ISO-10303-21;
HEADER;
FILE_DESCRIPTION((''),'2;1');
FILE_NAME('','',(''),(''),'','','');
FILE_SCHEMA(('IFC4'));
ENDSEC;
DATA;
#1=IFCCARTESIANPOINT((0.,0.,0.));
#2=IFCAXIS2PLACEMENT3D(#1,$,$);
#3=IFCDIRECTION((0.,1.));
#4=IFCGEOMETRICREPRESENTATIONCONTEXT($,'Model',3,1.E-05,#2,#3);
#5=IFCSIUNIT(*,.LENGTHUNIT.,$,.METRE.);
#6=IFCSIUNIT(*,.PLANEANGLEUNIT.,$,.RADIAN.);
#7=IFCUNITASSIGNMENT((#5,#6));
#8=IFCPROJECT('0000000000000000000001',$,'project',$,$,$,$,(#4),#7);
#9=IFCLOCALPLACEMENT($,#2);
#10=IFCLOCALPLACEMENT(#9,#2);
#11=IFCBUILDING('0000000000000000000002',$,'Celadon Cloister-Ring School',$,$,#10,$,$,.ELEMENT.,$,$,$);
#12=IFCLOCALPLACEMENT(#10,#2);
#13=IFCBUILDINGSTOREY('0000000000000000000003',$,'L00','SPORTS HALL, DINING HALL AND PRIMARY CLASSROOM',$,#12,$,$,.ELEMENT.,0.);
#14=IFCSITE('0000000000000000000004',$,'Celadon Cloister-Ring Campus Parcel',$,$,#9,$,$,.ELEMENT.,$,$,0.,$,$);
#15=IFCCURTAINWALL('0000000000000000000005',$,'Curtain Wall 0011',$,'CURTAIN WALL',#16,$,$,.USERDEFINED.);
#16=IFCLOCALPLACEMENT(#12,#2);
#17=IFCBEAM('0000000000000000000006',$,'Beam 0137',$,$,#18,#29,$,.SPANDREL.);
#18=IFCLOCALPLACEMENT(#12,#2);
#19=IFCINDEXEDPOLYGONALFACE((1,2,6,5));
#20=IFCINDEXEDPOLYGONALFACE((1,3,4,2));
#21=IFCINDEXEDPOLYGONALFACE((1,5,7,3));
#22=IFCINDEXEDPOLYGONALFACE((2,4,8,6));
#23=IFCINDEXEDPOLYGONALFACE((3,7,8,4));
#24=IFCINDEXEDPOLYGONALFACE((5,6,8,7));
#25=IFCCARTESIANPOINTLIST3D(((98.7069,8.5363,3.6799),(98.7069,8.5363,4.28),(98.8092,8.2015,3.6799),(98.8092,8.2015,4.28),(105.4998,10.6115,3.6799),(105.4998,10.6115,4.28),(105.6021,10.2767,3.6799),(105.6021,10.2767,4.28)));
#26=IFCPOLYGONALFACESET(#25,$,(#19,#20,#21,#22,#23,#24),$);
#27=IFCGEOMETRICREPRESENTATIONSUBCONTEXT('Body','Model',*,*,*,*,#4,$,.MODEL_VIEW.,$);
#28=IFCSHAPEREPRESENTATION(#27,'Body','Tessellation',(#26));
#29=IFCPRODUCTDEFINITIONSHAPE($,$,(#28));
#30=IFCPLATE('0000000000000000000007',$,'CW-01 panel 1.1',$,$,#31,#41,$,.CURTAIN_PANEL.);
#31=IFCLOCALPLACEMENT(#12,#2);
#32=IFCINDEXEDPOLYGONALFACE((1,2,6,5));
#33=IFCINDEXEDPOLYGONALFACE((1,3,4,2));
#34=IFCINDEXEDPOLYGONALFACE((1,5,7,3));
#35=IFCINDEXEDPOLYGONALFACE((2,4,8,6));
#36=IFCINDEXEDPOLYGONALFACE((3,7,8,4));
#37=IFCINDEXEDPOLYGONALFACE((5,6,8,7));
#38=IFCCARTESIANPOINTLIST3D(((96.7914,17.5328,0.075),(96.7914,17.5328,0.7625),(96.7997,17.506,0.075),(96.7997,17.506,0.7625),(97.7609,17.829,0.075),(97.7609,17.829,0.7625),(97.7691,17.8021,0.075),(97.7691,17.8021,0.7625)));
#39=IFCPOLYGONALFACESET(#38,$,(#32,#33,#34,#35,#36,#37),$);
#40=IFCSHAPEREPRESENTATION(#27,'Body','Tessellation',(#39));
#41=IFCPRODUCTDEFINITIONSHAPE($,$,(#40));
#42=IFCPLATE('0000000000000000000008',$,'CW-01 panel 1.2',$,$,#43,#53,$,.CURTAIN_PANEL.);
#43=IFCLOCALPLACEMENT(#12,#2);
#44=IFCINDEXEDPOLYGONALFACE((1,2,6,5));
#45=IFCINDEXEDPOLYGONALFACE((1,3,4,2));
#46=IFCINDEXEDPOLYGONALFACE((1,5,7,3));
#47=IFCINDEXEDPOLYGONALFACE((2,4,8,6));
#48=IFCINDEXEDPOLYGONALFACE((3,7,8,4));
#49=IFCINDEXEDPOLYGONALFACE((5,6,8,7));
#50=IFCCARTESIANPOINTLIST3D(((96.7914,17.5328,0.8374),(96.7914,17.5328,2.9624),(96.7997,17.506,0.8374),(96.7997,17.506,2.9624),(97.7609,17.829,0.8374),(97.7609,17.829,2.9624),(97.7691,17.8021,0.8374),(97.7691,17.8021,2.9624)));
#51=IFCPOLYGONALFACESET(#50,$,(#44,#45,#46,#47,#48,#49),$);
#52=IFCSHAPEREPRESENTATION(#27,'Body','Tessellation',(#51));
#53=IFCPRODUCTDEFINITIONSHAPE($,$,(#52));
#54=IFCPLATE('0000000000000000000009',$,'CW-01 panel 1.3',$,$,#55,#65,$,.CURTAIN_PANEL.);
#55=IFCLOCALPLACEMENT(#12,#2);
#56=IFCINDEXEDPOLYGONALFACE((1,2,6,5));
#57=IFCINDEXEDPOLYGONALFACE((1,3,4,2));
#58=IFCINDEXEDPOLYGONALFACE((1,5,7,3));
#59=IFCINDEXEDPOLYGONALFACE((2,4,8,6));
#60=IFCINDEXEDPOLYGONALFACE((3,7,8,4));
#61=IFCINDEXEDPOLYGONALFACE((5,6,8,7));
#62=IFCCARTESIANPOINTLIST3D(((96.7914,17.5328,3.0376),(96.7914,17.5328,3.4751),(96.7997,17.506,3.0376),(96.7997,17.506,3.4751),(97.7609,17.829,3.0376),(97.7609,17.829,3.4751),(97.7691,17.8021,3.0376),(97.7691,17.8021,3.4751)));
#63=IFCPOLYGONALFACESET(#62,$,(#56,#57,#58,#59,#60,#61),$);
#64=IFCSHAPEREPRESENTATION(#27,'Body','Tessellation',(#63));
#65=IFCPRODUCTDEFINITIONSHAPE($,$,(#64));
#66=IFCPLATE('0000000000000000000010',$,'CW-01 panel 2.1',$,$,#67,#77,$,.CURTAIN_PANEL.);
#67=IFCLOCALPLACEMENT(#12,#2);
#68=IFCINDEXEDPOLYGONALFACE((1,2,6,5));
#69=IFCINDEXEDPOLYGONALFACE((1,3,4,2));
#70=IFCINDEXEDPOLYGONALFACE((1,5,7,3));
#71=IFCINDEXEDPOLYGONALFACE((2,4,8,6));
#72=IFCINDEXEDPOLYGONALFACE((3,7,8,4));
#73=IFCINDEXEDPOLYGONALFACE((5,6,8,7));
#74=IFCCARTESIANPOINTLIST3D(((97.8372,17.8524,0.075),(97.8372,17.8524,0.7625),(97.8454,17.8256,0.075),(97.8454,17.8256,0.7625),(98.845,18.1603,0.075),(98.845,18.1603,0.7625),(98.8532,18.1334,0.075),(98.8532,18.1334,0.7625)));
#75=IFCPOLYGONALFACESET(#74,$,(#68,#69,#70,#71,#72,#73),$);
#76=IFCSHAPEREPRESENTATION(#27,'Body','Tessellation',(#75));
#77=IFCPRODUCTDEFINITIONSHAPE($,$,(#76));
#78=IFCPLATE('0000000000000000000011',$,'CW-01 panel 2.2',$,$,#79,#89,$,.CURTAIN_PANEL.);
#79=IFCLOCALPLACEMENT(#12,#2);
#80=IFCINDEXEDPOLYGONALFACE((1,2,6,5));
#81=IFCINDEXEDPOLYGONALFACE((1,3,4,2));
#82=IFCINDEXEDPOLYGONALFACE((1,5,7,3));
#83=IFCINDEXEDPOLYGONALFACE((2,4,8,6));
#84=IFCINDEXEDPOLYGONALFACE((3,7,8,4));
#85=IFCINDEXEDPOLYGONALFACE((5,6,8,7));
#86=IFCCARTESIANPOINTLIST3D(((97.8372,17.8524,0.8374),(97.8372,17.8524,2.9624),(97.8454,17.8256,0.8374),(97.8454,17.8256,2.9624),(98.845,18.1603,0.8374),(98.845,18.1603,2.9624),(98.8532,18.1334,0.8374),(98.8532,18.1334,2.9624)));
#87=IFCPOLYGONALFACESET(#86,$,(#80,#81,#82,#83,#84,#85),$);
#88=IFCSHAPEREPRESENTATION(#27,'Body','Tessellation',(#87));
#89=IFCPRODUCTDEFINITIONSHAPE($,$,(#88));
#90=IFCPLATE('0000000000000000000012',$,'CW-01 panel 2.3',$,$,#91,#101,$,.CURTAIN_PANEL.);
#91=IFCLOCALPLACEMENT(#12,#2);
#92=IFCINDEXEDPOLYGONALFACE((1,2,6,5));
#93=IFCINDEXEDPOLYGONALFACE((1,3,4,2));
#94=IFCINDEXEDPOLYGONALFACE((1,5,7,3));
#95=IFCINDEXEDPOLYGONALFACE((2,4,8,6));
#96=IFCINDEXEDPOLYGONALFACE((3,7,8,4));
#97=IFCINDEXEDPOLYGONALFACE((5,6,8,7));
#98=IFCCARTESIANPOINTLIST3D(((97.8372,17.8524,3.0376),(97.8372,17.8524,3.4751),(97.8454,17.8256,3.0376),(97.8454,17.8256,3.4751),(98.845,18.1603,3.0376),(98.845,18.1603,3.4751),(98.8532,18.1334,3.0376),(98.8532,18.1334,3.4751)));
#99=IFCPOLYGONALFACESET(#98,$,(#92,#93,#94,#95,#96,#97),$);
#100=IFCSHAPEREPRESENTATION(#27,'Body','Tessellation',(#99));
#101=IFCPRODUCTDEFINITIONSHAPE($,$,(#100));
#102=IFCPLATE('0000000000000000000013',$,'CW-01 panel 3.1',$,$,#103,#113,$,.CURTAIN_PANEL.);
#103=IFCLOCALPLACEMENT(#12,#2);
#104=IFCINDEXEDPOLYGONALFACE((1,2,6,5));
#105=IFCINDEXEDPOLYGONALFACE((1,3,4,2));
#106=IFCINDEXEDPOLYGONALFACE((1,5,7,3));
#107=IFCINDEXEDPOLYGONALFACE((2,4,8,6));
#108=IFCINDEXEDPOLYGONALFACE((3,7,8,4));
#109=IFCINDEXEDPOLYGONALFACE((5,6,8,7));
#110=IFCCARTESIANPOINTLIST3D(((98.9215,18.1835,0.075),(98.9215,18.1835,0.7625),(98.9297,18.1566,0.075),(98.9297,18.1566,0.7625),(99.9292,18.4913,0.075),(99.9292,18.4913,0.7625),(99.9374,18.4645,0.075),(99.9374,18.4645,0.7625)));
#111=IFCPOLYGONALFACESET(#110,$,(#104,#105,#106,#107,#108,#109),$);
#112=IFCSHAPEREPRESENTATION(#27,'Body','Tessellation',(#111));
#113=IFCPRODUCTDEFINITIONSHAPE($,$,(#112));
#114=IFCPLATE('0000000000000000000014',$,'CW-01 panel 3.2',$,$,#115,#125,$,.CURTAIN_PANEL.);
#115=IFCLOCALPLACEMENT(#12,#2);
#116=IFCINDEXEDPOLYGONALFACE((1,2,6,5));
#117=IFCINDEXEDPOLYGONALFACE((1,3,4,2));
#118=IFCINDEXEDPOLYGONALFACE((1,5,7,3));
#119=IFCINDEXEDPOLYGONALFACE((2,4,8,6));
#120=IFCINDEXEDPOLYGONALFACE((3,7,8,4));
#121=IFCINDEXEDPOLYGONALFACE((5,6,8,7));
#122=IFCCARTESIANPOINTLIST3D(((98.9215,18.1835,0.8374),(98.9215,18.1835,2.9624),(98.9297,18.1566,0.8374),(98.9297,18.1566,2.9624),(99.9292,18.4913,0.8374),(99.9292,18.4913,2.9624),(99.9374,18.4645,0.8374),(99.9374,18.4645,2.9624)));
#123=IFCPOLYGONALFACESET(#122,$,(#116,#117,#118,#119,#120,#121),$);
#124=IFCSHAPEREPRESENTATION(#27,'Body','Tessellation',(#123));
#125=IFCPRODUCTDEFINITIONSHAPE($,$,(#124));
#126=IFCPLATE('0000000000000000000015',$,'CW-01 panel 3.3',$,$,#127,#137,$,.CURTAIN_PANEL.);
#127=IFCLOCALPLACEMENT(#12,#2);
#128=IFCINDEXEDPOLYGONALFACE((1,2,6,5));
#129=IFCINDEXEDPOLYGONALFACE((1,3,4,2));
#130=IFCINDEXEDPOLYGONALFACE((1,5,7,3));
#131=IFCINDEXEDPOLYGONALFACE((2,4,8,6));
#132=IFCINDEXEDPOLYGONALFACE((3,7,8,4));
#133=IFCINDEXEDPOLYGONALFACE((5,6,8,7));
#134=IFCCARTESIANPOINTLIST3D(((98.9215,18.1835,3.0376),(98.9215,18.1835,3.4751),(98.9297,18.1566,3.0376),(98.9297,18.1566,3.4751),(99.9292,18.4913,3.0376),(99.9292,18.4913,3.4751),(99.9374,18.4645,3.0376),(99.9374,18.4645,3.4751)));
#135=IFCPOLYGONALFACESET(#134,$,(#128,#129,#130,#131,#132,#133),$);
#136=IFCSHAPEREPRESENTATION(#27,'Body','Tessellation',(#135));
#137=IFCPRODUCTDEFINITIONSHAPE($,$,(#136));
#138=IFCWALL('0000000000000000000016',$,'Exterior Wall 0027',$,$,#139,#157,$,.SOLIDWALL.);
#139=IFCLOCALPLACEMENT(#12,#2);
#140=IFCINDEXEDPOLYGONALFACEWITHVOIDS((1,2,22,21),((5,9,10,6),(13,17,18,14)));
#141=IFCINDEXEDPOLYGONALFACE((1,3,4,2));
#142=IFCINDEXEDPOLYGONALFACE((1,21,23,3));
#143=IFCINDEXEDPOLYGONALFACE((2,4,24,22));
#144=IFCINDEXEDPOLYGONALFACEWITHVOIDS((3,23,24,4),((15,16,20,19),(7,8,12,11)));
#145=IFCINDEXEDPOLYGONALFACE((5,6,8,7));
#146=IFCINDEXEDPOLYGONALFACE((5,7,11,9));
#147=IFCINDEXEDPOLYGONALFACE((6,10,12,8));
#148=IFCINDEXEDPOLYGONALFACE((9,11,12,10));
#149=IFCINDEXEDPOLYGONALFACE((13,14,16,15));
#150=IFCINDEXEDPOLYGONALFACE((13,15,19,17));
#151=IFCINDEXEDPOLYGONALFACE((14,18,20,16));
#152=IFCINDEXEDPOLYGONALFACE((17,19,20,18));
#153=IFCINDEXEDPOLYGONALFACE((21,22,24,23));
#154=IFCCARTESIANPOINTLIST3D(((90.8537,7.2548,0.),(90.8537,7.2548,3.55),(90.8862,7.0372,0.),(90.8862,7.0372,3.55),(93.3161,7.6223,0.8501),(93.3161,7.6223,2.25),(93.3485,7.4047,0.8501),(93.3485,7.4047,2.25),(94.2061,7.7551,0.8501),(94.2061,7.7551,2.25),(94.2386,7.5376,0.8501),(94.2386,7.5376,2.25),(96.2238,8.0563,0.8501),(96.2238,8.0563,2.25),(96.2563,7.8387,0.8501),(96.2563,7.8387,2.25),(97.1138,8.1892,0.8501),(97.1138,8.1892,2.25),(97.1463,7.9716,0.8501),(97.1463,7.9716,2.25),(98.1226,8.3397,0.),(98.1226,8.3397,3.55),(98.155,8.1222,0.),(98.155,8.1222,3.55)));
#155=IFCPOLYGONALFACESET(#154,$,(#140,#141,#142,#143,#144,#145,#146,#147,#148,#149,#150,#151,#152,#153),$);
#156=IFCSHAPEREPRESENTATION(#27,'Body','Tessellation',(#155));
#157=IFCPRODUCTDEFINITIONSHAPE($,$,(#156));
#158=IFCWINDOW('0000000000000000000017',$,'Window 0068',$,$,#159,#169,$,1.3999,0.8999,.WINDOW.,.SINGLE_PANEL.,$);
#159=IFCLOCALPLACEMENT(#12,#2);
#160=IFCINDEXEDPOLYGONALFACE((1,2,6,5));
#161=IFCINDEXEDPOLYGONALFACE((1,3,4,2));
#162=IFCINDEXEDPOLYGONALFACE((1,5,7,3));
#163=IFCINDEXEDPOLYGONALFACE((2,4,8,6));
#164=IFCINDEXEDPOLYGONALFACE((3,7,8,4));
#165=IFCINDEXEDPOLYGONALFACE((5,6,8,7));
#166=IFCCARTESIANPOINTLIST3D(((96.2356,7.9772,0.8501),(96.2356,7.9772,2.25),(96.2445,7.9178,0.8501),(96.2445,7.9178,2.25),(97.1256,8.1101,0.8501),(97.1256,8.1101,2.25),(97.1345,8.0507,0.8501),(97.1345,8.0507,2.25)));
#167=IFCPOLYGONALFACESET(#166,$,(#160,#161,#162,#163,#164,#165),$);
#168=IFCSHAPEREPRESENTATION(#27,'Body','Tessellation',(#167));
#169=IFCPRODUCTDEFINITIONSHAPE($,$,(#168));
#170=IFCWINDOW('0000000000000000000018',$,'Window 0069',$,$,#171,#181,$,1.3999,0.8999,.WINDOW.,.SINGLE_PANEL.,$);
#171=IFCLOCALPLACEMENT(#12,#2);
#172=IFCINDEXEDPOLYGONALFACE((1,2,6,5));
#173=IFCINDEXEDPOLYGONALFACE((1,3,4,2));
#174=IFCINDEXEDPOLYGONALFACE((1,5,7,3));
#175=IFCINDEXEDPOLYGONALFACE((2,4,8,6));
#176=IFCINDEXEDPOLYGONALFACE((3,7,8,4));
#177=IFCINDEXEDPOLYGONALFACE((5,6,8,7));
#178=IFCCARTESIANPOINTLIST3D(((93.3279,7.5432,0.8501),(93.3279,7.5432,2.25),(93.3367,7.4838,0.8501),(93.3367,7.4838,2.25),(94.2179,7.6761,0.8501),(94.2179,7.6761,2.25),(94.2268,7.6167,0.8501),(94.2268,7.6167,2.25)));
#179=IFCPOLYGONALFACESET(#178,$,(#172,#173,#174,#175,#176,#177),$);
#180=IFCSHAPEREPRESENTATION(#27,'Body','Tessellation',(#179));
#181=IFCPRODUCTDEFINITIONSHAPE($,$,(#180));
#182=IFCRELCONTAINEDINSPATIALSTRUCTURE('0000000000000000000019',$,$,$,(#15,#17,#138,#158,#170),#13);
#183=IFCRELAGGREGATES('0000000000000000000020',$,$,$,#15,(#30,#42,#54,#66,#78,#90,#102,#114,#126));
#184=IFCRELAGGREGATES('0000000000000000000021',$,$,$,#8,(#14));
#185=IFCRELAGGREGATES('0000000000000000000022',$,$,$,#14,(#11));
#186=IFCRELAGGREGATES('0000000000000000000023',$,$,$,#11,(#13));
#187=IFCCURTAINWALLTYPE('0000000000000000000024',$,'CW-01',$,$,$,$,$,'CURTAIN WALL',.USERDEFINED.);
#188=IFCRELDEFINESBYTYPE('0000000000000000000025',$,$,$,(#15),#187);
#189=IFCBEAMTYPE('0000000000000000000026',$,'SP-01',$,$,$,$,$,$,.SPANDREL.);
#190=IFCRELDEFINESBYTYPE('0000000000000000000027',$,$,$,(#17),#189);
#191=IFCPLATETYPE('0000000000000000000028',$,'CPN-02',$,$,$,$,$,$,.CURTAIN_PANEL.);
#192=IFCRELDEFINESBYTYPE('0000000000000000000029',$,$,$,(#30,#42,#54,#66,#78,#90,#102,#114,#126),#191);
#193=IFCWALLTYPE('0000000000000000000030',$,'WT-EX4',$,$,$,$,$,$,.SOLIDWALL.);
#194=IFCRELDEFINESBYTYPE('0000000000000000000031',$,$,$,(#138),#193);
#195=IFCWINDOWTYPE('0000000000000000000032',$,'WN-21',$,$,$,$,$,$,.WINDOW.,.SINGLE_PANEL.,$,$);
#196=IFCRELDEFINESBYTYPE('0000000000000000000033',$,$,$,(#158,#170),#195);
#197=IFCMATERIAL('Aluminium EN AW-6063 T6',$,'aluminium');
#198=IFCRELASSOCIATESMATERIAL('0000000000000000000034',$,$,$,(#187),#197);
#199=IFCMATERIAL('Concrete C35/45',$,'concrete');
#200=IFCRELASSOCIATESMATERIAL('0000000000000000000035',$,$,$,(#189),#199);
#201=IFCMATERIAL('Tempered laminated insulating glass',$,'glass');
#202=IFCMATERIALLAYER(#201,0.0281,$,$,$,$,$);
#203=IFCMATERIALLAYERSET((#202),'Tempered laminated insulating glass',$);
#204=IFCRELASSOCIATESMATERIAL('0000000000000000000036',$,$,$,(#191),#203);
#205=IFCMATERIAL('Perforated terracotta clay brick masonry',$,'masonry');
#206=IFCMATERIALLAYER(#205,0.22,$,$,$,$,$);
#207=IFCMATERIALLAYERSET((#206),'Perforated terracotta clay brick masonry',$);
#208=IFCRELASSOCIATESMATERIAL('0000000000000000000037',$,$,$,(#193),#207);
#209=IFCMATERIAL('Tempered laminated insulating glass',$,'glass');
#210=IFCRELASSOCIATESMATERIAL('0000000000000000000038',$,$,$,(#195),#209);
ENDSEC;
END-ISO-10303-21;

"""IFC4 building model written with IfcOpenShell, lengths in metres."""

from ifc_helpers import new_model, si_unit, direction, frame, frame_2d, origin, origin_2d, place, context, subcontext, project, spatial, rectangle, extrude, material, layer, layer_set, material_profile, profile_set, type_object, element, fill, aggregate, save


model = new_model("IFC4")

# Units and contexts
model_context = context("Model", 3, precision=1e-05, world=origin(), true_north=direction((0.0, 1.0)))
body_context = subcontext(model_context, "Body", "Model", "MODEL_VIEW")
ifc_project = project(units=[si_unit("LENGTHUNIT", "METRE"), si_unit("PLANEANGLEUNIT", "RADIAN")], contexts=[model_context])

# Site, building, storey
site_placement = place(None, origin())
site = spatial("IfcSite", under=ifc_project, at=site_placement, Name="Celadon Cloister-Ring Campus Parcel", CompositionType="ELEMENT", RefElevation=0.0)
building_placement = place(site_placement, origin())
building = spatial("IfcBuilding", under=site, at=building_placement, Name="Celadon Cloister-Ring School", CompositionType="ELEMENT")
storey_placement = place(building_placement, origin())
storey = spatial("IfcBuildingStorey", under=building, at=storey_placement, Name="L00", Description="SPORTS HALL, DINING HALL AND PRIMARY CLASSROOM", CompositionType="ELEMENT", Elevation=0.0)

# Curtain wall
ifc_material_1 = material(Name="Aluminium EN AW-6063 T6", Category="aluminium")
curtain_wall_type = type_object("IfcCurtainWallType", Name="CW-01", ElementType="CURTAIN WALL", PredefinedType="USERDEFINED", material=ifc_material_1)
curtain_wall_placement = place(storey_placement, origin())
curtain_wall = element("IfcCurtainWall", 1, at=curtain_wall_placement, inside=storey, type_object=curtain_wall_type, Name="Curtain Wall 0011", ObjectType="CURTAIN WALL", PredefinedType="USERDEFINED")

# Beam
ifc_material_2 = material(Name="Concrete C35/45", Category="concrete")
ifc_material_profile_1 = material_profile(ifc_material_2, rectangle(XDim=0.3501, YDim=0.6001, at=origin_2d()), Name="RC350X600")
ifc_profile_set_1 = profile_set([ifc_material_profile_1], Name="Concrete C35/45")
beam_type_1 = type_object("IfcBeamType", Name="SP-01", PredefinedType="SPANDREL", material=ifc_profile_set_1)
beam_1_placement = place(storey_placement, frame((98.7581, 8.3689, 3.98), z_axis=(0.956369, 0.292163, 0.0), x_axis=(-0.292163, 0.956369, 0.0)))
element("IfcBeam", 2, at=beam_1_placement, inside=storey, type_object=beam_type_1, Name="Beam 0137", PredefinedType="SPANDREL", context=body_context, shape_type="SweptSolid", body=[
    extrude(rectangle(XDim=0.3501, YDim=0.6001, at=origin_2d()), origin(), (0.0, 0.0, 1.0), 7.1028),
])

# Plates
ifc_material_3 = material(Name="Tempered laminated insulating glass", Category="glass")
ifc_layer_1 = layer(ifc_material_3, 0.0281)
ifc_layer_set_1 = layer_set([ifc_layer_1], Name="Tempered laminated insulating glass")
plate_type = type_object("IfcPlateType", Name="CPN-02", PredefinedType="CURTAIN_PANEL", material=ifc_layer_set_1)
plate_1_placement = place(storey_placement, frame((97.2803, 17.6675, 0.075), z_axis=(0.0, 0.0, 1.0), x_axis=(0.956372, 0.292151, 0.0)))
plate_1 = element("IfcPlate", 3, at=plate_1_placement, type_object=plate_type, Name="CW-01 panel 1.1", PredefinedType="CURTAIN_PANEL", context=body_context, shape_type="SweptSolid", body=[
    extrude(rectangle(XDim=1.0137, YDim=0.0281, at=origin_2d()), origin(), (0.0, 0.0, 1.0), 0.6875),
])
plate_2_placement = place(storey_placement, frame((97.2803, 17.6675, 0.8374), z_axis=(0.0, 0.0, 1.0), x_axis=(0.956372, 0.292151, 0.0)))
plate_2 = element("IfcPlate", 4, at=plate_2_placement, type_object=plate_type, Name="CW-01 panel 1.2", PredefinedType="CURTAIN_PANEL", context=body_context, shape_type="SweptSolid", body=[
    extrude(rectangle(XDim=1.0137, YDim=0.0281, at=origin_2d()), origin(), (0.0, 0.0, 1.0), 2.125),
])
plate_3_placement = place(storey_placement, frame((97.2803, 17.6675, 3.0376), z_axis=(0.0, 0.0, 1.0), x_axis=(0.956372, 0.292151, 0.0)))
plate_3 = element("IfcPlate", 5, at=plate_3_placement, type_object=plate_type, Name="CW-01 panel 1.3", PredefinedType="CURTAIN_PANEL", context=body_context, shape_type="SweptSolid", body=[
    extrude(rectangle(XDim=1.0137, YDim=0.0281, at=origin_2d()), origin(), (0.0, 0.0, 1.0), 0.4375),
])
plate_4_placement = place(storey_placement, frame((98.3452, 17.9929, 0.075), z_axis=(0.0, 0.0, 1.0), x_axis=(0.956372, 0.292151, 0.0)))
plate_4 = element("IfcPlate", 6, at=plate_4_placement, type_object=plate_type, Name="CW-01 panel 2.1", PredefinedType="CURTAIN_PANEL", context=body_context, shape_type="SweptSolid", body=[
    extrude(rectangle(XDim=1.0537, YDim=0.0281, at=origin_2d()), origin(), (0.0, 0.0, 1.0), 0.6875),
])
plate_5_placement = place(storey_placement, frame((98.3452, 17.9929, 0.8374), z_axis=(0.0, 0.0, 1.0), x_axis=(0.956372, 0.292151, 0.0)))
plate_5 = element("IfcPlate", 7, at=plate_5_placement, type_object=plate_type, Name="CW-01 panel 2.2", PredefinedType="CURTAIN_PANEL", context=body_context, shape_type="SweptSolid", body=[
    extrude(rectangle(XDim=1.0537, YDim=0.0281, at=origin_2d()), origin(), (0.0, 0.0, 1.0), 2.125),
])
plate_6_placement = place(storey_placement, frame((98.3452, 17.9929, 3.0376), z_axis=(0.0, 0.0, 1.0), x_axis=(0.956372, 0.292151, 0.0)))
plate_6 = element("IfcPlate", 8, at=plate_6_placement, type_object=plate_type, Name="CW-01 panel 2.3", PredefinedType="CURTAIN_PANEL", context=body_context, shape_type="SweptSolid", body=[
    extrude(rectangle(XDim=1.0537, YDim=0.0281, at=origin_2d()), origin(), (0.0, 0.0, 1.0), 0.4375),
])
plate_7_placement = place(storey_placement, frame((99.4294, 18.324, 0.075), z_axis=(0.0, 0.0, 1.0), x_axis=(0.956372, 0.292151, 0.0)))
plate_7 = element("IfcPlate", 9, at=plate_7_placement, type_object=plate_type, Name="CW-01 panel 3.1", PredefinedType="CURTAIN_PANEL", context=body_context, shape_type="SweptSolid", body=[
    extrude(rectangle(XDim=1.0537, YDim=0.0281, at=origin_2d()), origin(), (0.0, 0.0, 1.0), 0.6875),
])
plate_8_placement = place(storey_placement, frame((99.4294, 18.324, 0.8374), z_axis=(0.0, 0.0, 1.0), x_axis=(0.956372, 0.292151, 0.0)))
plate_8 = element("IfcPlate", 10, at=plate_8_placement, type_object=plate_type, Name="CW-01 panel 3.2", PredefinedType="CURTAIN_PANEL", context=body_context, shape_type="SweptSolid", body=[
    extrude(rectangle(XDim=1.0537, YDim=0.0281, at=origin_2d()), origin(), (0.0, 0.0, 1.0), 2.125),
])
plate_9_placement = place(storey_placement, frame((99.4294, 18.324, 3.0376), z_axis=(0.0, 0.0, 1.0), x_axis=(0.956372, 0.292151, 0.0)))
plate_9 = element("IfcPlate", 11, at=plate_9_placement, type_object=plate_type, Name="CW-01 panel 3.3", PredefinedType="CURTAIN_PANEL", context=body_context, shape_type="SweptSolid", body=[
    extrude(rectangle(XDim=1.0537, YDim=0.0281, at=origin_2d()), origin(), (0.0, 0.0, 1.0), 0.4375),
])
aggregate(curtain_wall, [plate_1, plate_2, plate_3, plate_4, plate_5, plate_6, plate_7, plate_8, plate_9])

# Wall, openings, windows
ifc_material_4 = material(Name="Perforated terracotta clay brick masonry", Category="masonry")
ifc_layer_2 = layer(ifc_material_4, 0.22)
ifc_layer_set_2 = layer_set([ifc_layer_2], Name="Perforated terracotta clay brick masonry")
wall_type = type_object("IfcWallType", Name="WT-EX4", PredefinedType="SOLIDWALL", material=ifc_layer_set_2)
wall_placement = place(storey_placement, frame((98.1389, 8.231, 0.0), z_axis=(0.0, 0.0, 1.0), x_axis=(-0.989043, -0.147627, 0.0)))
wall = element("IfcWall", 12, at=wall_placement, inside=storey, type_object=wall_type, Name="Exterior Wall 0027", PredefinedType="SOLIDWALL", context=body_context, shape_type="SweptSolid", body=[
    extrude(rectangle(XDim=7.3494, YDim=0.22, at=frame_2d((3.6748, 0.0))), origin(), (0.0, 0.0, 1.0), 3.55),
])
opening_1_placement = place(wall_placement, frame((1.02, 0.0, 0.8501)))
opening_1 = element("IfcOpeningElement", 13, at=opening_1_placement, cuts=wall, PredefinedType="OPENING", context=body_context, shape_type="SweptSolid", body=[
    extrude(rectangle(XDim=0.8999, YDim=1.3999, at=frame_2d((0.45, 0.7))), frame((0.0, 0.1201, 0.0), z_axis=(0.0, -1.0, 0.0), x_axis=(1.0, 0.0, 0.0)), (0.0, 0.0, 1.0), 0.24),
])
opening_2_placement = place(wall_placement, frame((3.96, 0.0, 0.8501)))
opening_2 = element("IfcOpeningElement", 14, at=opening_2_placement, cuts=wall, PredefinedType="OPENING", context=body_context, shape_type="SweptSolid", body=[
    extrude(rectangle(XDim=0.8999, YDim=1.3999, at=frame_2d((0.45, 0.7))), frame((0.0, 0.1201, 0.0), z_axis=(0.0, -1.0, 0.0), x_axis=(1.0, 0.0, 0.0)), (0.0, 0.0, 1.0), 0.24),
])
ifc_material_5 = material(Name="Tempered laminated insulating glass", Category="glass")
window_type = type_object("IfcWindowType", Name="WN-21", PartitioningType="SINGLE_PANEL", PredefinedType="WINDOW", material=ifc_material_5)
window_1_placement = place(opening_1_placement, origin())
window_1 = element("IfcWindow", 15, at=window_1_placement, inside=storey, type_object=window_type, Name="Window 0068", OverallHeight=1.3999, OverallWidth=0.8999, PartitioningType="SINGLE_PANEL", PredefinedType="WINDOW", context=body_context, shape_type="SweptSolid", body=[
    extrude(rectangle(XDim=0.8999, YDim=1.3999, at=frame_2d((0.45, 0.7))), frame((0.0, 0.03, 0.0), z_axis=(0.0, -1.0, 0.0), x_axis=(1.0, 0.0, 0.0)), (0.0, 0.0, 1.0), 0.0601),
])
fill(opening_1, window_1)
window_2_placement = place(opening_2_placement, origin())
window_2 = element("IfcWindow", 16, at=window_2_placement, inside=storey, type_object=window_type, Name="Window 0069", OverallHeight=1.3999, OverallWidth=0.8999, PartitioningType="SINGLE_PANEL", PredefinedType="WINDOW", context=body_context, shape_type="SweptSolid", body=[
    extrude(rectangle(XDim=0.8999, YDim=1.3999, at=frame_2d((0.45, 0.7))), frame((0.0, 0.03, 0.0), z_axis=(0.0, -1.0, 0.0), x_axis=(1.0, 0.0, 0.0)), (0.0, 0.0, 1.0), 0.0601),
])
fill(opening_2, window_2)

save(model, "model.ifc")
